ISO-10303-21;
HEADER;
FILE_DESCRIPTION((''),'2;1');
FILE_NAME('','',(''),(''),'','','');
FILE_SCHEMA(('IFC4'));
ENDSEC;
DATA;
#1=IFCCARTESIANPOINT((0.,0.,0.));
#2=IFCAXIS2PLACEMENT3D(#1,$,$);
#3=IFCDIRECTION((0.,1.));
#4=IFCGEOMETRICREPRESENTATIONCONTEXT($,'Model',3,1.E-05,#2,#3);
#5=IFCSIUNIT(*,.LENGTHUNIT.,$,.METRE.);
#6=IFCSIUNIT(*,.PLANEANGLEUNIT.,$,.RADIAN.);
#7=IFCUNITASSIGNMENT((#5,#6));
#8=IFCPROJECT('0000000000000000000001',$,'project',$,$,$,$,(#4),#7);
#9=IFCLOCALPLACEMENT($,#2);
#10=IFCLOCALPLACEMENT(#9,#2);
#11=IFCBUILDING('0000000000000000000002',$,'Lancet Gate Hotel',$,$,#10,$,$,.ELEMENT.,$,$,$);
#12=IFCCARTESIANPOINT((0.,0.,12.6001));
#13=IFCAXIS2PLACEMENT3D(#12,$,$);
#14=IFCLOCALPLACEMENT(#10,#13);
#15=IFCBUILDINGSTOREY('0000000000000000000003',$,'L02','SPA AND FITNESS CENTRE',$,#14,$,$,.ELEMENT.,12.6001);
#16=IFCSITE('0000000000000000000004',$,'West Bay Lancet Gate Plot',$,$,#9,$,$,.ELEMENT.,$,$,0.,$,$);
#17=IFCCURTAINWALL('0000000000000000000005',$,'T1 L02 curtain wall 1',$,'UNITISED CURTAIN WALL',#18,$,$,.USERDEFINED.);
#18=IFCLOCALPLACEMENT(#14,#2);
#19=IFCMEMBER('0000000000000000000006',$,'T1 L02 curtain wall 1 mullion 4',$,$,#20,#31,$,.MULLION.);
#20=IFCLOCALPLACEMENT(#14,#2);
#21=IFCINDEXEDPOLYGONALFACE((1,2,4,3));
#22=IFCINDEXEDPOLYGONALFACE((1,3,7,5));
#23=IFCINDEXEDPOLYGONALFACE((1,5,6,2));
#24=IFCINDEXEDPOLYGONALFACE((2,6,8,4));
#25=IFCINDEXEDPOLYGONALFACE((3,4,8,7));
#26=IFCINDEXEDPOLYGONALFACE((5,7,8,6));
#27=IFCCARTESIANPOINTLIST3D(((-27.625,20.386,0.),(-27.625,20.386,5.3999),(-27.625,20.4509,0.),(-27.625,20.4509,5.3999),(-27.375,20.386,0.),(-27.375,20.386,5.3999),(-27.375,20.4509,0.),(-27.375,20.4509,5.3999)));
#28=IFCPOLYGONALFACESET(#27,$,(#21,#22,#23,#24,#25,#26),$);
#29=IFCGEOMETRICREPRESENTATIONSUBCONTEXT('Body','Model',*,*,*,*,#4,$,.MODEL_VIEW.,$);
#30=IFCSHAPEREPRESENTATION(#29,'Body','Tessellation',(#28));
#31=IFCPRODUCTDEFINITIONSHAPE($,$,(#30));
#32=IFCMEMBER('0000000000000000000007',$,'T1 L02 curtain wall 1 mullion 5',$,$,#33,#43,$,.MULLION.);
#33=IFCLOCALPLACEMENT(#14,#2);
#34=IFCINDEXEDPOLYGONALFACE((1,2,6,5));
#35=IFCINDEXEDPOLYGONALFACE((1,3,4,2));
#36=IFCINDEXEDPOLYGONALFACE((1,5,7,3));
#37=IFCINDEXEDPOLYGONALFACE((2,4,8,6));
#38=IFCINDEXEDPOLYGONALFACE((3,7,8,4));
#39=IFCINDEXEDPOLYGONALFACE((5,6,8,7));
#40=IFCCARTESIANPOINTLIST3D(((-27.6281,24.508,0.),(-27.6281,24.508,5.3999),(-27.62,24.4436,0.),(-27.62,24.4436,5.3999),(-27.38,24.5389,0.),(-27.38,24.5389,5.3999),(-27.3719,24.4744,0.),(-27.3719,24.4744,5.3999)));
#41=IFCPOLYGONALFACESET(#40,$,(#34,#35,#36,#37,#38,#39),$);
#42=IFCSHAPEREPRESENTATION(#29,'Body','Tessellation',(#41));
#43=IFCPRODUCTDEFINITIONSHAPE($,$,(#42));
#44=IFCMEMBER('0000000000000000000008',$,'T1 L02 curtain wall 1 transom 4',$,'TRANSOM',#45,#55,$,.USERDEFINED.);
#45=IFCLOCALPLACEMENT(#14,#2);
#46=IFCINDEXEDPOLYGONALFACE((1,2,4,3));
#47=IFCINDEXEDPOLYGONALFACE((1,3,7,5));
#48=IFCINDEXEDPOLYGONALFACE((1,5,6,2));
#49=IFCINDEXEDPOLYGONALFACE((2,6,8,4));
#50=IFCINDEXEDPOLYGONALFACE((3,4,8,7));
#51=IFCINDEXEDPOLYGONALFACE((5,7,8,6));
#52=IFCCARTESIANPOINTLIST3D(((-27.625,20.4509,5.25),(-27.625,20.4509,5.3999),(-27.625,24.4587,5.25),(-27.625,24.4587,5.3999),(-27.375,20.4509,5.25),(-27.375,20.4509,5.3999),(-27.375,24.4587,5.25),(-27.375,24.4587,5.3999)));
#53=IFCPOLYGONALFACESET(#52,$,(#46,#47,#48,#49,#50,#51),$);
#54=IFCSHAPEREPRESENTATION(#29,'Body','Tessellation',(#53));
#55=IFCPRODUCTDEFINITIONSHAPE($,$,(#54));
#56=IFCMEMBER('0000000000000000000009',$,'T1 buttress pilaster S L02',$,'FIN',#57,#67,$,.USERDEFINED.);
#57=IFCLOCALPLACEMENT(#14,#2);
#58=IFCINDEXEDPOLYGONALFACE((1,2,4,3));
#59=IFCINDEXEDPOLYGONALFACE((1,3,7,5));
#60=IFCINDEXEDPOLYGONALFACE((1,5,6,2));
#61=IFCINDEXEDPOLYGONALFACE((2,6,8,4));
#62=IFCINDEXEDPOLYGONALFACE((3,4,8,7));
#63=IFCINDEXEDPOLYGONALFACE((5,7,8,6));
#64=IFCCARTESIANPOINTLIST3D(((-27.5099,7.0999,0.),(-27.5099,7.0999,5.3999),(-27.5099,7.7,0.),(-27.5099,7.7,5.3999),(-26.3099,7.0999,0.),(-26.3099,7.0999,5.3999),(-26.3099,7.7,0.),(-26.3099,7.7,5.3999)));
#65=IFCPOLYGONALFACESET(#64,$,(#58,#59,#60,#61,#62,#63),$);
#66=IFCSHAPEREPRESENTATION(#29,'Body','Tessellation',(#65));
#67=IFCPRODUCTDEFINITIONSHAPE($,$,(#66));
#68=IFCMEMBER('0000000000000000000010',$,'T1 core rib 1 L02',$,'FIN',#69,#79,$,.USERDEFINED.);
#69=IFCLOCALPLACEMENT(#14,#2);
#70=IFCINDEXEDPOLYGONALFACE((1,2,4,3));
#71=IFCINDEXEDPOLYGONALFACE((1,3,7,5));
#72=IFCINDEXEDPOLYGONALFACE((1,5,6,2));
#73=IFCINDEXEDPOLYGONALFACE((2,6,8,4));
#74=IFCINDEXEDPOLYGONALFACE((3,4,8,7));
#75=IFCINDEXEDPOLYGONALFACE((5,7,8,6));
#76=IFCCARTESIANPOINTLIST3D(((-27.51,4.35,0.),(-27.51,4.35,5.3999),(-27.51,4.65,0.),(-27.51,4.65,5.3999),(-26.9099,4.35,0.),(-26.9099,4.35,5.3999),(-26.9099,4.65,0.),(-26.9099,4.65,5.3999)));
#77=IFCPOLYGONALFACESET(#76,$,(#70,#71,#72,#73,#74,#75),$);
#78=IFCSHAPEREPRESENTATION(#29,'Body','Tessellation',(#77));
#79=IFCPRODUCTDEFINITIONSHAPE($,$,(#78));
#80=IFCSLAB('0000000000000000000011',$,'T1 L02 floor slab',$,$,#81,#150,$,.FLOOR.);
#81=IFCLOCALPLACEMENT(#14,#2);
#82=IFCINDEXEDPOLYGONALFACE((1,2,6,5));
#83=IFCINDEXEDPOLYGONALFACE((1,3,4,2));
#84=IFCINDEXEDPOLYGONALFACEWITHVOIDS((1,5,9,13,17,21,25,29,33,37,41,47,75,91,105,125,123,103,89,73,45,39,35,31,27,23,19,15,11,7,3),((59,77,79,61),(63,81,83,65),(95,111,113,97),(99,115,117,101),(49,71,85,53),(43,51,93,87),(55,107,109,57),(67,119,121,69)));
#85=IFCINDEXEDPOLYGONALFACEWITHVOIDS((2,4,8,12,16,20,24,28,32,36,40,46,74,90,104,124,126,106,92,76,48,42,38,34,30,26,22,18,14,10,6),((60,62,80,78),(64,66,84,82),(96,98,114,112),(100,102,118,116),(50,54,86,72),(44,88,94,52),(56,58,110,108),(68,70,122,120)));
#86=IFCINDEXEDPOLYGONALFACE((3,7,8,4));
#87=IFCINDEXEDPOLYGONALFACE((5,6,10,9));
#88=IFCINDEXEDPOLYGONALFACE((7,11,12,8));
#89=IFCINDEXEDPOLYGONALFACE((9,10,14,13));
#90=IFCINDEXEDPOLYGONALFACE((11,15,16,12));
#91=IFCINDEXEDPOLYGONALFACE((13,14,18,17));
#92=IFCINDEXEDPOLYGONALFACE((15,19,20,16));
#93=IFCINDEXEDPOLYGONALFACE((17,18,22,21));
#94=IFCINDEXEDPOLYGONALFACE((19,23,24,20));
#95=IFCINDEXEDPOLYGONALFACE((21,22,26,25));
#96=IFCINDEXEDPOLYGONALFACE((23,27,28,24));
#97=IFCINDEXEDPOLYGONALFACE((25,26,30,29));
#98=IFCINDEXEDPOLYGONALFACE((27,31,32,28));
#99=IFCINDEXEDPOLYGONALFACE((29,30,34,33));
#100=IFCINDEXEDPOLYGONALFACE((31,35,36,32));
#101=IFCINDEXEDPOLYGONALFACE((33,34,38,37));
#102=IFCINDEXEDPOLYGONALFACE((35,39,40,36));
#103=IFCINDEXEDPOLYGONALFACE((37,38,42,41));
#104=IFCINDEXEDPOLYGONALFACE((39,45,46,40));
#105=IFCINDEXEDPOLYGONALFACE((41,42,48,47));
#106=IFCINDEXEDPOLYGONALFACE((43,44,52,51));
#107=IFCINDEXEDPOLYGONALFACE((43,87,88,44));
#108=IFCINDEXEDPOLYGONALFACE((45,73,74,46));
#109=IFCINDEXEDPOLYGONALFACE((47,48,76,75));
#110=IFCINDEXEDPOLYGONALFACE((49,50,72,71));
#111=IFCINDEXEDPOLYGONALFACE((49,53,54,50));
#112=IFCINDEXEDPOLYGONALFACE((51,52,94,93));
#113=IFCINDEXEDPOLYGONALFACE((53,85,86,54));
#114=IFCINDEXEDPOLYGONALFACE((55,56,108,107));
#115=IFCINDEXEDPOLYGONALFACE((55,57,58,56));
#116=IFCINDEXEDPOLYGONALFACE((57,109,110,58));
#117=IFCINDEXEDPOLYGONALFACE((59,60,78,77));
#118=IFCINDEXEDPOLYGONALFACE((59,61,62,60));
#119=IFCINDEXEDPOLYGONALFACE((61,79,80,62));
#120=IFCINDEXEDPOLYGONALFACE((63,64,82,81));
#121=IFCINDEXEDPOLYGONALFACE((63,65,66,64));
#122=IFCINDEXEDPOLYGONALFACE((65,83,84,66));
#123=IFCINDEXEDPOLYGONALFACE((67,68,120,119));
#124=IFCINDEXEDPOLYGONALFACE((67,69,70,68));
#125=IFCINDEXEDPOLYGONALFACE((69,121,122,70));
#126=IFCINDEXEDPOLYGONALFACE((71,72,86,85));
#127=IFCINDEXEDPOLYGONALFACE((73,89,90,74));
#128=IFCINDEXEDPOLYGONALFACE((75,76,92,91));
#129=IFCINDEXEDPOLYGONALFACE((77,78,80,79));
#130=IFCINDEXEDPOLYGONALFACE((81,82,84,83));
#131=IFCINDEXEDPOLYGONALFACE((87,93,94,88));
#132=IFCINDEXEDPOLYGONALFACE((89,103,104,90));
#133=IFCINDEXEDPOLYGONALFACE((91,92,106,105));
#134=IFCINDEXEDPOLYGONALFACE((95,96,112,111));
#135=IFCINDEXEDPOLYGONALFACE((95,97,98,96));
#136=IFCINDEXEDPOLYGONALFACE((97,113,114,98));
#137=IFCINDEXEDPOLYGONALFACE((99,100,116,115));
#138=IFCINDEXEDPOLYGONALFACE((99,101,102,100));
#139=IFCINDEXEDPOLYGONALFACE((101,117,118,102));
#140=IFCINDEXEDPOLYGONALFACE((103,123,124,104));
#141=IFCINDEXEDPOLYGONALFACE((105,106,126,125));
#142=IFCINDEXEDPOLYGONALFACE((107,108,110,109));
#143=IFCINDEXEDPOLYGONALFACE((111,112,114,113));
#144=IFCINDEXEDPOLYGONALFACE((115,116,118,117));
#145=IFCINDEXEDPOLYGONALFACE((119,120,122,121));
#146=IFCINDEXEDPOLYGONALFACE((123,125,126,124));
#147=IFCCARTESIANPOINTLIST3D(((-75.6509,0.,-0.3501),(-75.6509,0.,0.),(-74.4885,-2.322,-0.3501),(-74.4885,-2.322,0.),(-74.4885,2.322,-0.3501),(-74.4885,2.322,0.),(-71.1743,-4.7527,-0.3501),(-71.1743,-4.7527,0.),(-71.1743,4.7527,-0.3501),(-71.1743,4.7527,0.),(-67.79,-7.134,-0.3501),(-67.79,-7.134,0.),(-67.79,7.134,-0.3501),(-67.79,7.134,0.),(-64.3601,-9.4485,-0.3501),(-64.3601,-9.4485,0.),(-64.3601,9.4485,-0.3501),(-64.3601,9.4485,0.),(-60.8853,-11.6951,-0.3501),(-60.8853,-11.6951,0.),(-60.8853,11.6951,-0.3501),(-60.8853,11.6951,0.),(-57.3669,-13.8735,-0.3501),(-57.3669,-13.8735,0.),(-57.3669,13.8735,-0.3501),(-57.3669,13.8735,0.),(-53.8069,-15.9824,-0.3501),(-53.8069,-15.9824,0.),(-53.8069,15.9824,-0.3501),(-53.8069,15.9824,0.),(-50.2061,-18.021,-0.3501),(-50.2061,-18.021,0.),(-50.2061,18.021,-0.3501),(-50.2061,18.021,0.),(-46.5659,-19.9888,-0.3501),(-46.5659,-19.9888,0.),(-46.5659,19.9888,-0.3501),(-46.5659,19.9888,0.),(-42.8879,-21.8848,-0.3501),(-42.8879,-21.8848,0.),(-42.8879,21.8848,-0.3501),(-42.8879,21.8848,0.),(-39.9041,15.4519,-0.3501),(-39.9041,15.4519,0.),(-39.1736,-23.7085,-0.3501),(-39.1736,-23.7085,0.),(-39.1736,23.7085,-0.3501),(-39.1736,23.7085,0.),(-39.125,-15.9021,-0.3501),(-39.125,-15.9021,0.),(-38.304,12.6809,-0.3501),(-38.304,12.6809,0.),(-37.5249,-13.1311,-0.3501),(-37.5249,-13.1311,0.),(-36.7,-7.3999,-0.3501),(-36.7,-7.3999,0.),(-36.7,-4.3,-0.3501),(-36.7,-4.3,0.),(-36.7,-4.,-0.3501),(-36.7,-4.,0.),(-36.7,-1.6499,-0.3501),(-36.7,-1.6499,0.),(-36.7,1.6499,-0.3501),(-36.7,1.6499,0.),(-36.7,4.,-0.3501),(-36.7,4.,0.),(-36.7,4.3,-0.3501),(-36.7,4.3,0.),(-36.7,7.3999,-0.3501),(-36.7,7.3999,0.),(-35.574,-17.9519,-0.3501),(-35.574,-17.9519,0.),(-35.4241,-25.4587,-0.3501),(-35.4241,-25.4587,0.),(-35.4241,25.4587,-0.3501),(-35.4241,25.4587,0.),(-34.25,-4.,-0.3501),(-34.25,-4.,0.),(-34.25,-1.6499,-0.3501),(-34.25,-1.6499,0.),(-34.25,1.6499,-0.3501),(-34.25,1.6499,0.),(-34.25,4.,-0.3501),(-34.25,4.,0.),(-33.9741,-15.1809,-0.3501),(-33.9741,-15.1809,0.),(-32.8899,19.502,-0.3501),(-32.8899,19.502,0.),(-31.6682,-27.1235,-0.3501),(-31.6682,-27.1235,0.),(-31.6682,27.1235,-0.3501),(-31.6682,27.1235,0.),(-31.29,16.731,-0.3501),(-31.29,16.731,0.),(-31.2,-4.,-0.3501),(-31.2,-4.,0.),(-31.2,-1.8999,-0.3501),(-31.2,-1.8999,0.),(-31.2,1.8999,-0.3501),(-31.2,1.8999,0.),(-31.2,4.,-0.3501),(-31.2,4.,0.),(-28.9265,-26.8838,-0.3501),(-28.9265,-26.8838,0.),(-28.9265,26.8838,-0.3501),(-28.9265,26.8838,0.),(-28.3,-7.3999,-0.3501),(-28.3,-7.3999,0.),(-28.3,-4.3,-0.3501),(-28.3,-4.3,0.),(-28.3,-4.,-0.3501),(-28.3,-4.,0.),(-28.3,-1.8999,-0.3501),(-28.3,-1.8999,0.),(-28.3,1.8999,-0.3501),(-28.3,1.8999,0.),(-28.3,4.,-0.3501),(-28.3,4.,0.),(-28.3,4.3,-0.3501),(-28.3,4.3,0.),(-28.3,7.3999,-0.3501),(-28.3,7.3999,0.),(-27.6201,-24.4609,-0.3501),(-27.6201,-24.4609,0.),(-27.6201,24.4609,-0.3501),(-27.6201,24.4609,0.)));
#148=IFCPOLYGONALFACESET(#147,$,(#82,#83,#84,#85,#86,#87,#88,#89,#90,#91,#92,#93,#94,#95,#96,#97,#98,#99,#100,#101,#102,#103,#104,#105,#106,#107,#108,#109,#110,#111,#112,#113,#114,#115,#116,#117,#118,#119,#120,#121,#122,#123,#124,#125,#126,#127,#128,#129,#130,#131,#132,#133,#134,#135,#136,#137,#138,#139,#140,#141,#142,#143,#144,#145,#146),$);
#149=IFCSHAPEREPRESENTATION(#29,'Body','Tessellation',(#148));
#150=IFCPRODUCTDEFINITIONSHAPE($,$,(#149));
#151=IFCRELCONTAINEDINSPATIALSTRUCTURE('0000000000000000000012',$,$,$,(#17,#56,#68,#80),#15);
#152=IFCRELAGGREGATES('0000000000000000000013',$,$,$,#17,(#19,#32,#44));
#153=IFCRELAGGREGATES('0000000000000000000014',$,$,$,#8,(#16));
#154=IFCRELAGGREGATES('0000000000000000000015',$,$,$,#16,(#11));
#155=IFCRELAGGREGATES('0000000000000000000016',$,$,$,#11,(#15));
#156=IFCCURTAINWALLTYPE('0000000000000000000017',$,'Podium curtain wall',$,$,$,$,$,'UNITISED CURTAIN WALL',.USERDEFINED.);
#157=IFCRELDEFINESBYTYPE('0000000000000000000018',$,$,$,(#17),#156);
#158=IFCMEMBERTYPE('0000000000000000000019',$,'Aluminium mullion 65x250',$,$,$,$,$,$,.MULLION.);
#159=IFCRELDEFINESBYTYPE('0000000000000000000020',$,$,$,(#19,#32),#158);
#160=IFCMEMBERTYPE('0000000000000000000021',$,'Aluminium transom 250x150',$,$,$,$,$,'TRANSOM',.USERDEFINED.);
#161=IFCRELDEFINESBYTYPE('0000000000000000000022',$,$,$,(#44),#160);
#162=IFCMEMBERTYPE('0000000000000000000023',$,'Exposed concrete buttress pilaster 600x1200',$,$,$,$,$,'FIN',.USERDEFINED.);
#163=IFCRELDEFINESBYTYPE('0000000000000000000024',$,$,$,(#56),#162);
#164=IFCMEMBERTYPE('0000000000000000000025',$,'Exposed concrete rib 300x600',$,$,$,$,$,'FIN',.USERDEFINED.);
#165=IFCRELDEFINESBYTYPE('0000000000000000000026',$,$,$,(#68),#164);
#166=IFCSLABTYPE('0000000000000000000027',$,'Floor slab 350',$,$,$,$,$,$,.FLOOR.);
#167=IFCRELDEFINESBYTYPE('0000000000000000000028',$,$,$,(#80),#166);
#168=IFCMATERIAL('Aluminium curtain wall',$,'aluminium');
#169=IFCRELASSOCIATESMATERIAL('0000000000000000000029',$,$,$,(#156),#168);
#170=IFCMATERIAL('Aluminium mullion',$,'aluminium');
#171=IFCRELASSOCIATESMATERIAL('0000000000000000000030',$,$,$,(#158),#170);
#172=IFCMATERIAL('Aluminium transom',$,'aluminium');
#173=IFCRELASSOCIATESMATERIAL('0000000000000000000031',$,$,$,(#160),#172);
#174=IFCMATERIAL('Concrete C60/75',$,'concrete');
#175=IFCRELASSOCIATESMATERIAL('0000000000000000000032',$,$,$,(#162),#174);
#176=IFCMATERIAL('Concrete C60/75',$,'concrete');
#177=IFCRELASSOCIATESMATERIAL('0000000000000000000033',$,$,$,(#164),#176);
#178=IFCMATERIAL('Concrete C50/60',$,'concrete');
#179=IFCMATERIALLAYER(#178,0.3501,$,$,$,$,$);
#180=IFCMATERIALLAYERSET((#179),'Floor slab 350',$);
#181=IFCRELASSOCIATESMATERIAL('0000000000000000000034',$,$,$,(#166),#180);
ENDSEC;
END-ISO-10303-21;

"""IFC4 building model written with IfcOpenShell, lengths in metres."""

from ifc_helpers import new_model, si_unit, direction, frame, origin, origin_2d, place, context, subcontext, project, spatial, polyline, rectangle, outline, extrude, material, layer, layer_set, material_profile, profile_set, type_object, element, aggregate, save


model = new_model("IFC4")

# Units and contexts
model_context = context("Model", 3, precision=1e-05, world=origin(), true_north=direction((0.0, 1.0)))
body_context = subcontext(model_context, "Body", "Model", "MODEL_VIEW")
ifc_project = project(units=[si_unit("LENGTHUNIT", "METRE"), si_unit("PLANEANGLEUNIT", "RADIAN")], contexts=[model_context])

# Site, building, storey
site_placement = place(None, origin())
site = spatial("IfcSite", under=ifc_project, at=site_placement, Name="West Bay Lancet Gate Plot", CompositionType="ELEMENT", RefElevation=0.0)
building_placement = place(site_placement, origin())
building = spatial("IfcBuilding", under=site, at=building_placement, Name="Lancet Gate Hotel", CompositionType="ELEMENT")
storey_placement = place(building_placement, frame((0.0, 0.0, 12.6001)))
storey = spatial("IfcBuildingStorey", under=building, at=storey_placement, Name="L02", Description="SPA AND FITNESS CENTRE", CompositionType="ELEMENT", Elevation=12.6001)

# Curtain wall, members
ifc_material_1 = material(Name="Aluminium curtain wall", Category="aluminium")
curtain_wall_type = type_object("IfcCurtainWallType", Name="Podium curtain wall", ElementType="UNITISED CURTAIN WALL", PredefinedType="USERDEFINED", material=ifc_material_1)
curtain_wall_placement = place(storey_placement, origin())
curtain_wall = element("IfcCurtainWall", 1, at=curtain_wall_placement, inside=storey, type_object=curtain_wall_type, Name="T1 L02 curtain wall 1", ObjectType="UNITISED CURTAIN WALL", PredefinedType="USERDEFINED")
ifc_material_2 = material(Name="Aluminium mullion", Category="aluminium")
ifc_material_profile_1 = material_profile(ifc_material_2, rectangle(XDim=0.0649, YDim=0.25, at=origin_2d()), Name="MULLION 65x250")
ifc_profile_set_1 = profile_set([ifc_material_profile_1], Name="Aluminium mullion")
member_type_1 = type_object("IfcMemberType", Name="Aluminium mullion 65x250", PredefinedType="MULLION", material=ifc_profile_set_1)
member_1_placement = place(storey_placement, frame((-27.5, 20.4185, 0.0), z_axis=(0.0, 0.0, 1.0), x_axis=(0.0, 1.0, 0.0)))
member_1 = element("IfcMember", 2, at=member_1_placement, type_object=member_type_1, Name="T1 L02 curtain wall 1 mullion 4", PredefinedType="MULLION", context=body_context, shape_type="SweptSolid", body=[
    extrude(rectangle(XDim=0.0649, YDim=0.25, at=origin_2d()), origin(), (0.0, 0.0, 1.0), 5.3999),
])
member_2_placement = place(storey_placement, frame((-27.5, 24.4912, 0.0), z_axis=(0.0, 0.0, 1.0), x_axis=(-0.123483, 0.992347, 0.0)))
member_2 = element("IfcMember", 3, at=member_2_placement, type_object=member_type_1, Name="T1 L02 curtain wall 1 mullion 5", PredefinedType="MULLION", context=body_context, shape_type="SweptSolid", body=[
    extrude(rectangle(XDim=0.0649, YDim=0.25, at=origin_2d()), origin(), (0.0, 0.0, 1.0), 5.3999),
])
ifc_material_3 = material(Name="Aluminium transom", Category="aluminium")
ifc_material_profile_2 = material_profile(ifc_material_3, rectangle(XDim=0.25, YDim=0.1499, at=origin_2d()), Name="TRANSOM 250x150")
ifc_profile_set_2 = profile_set([ifc_material_profile_2], Name="Aluminium transom")
member_type_2 = type_object("IfcMemberType", Name="Aluminium transom 250x150", ElementType="TRANSOM", PredefinedType="USERDEFINED", material=ifc_profile_set_2)
member_3_placement = place(storey_placement, frame((-27.5, 20.4509, 5.325), z_axis=(0.0, 1.0, 0.0), x_axis=(-1.0, 0.0, 0.0)))
member_3 = element("IfcMember", 4, at=member_3_placement, type_object=member_type_2, Name="T1 L02 curtain wall 1 transom 4", ObjectType="TRANSOM", PredefinedType="USERDEFINED", context=body_context, shape_type="SweptSolid", body=[
    extrude(rectangle(XDim=0.25, YDim=0.1499, at=origin_2d()), origin(), (0.0, 0.0, 1.0), 4.0078),
])

# Members
ifc_material_4 = material(Name="Concrete C60/75", Category="concrete")
ifc_material_profile_3 = material_profile(ifc_material_4, rectangle(XDim=0.6001, YDim=1.2, at=origin_2d()), Name="FIN 600x1200")
ifc_profile_set_3 = profile_set([ifc_material_profile_3], Name="Concrete C60/75")
member_type_3 = type_object("IfcMemberType", Name="Exposed concrete buttress pilaster 600x1200", ElementType="FIN", PredefinedType="USERDEFINED", material=ifc_profile_set_3)
member_4_placement = place(storey_placement, frame((-26.9099, 7.3999, 0.0), z_axis=(0.0, 0.0, 1.0), x_axis=(0.0, 1.0, 0.0)))
element("IfcMember", 5, at=member_4_placement, inside=storey, type_object=member_type_3, Name="T1 buttress pilaster S L02", ObjectType="FIN", PredefinedType="USERDEFINED", context=body_context, shape_type="SweptSolid", body=[
    extrude(rectangle(XDim=0.6001, YDim=1.2, at=origin_2d()), origin(), (0.0, 0.0, 1.0), 5.3999),
])
ifc_material_5 = material(Name="Concrete C60/75", Category="concrete")
ifc_material_profile_4 = material_profile(ifc_material_5, rectangle(XDim=0.3, YDim=0.6001, at=origin_2d()), Name="FIN 300x600")
ifc_profile_set_4 = profile_set([ifc_material_profile_4], Name="Concrete C60/75")
member_type_4 = type_object("IfcMemberType", Name="Exposed concrete rib 300x600", ElementType="FIN", PredefinedType="USERDEFINED", material=ifc_profile_set_4)
member_5_placement = place(storey_placement, frame((-27.21, 4.5, 0.0), z_axis=(0.0, 0.0, 1.0), x_axis=(0.0, 1.0, 0.0)))
element("IfcMember", 6, at=member_5_placement, inside=storey, type_object=member_type_4, Name="T1 core rib 1 L02", ObjectType="FIN", PredefinedType="USERDEFINED", context=body_context, shape_type="SweptSolid", body=[
    extrude(rectangle(XDim=0.3, YDim=0.6001, at=origin_2d()), origin(), (0.0, 0.0, 1.0), 5.3999),
])

# Slab
ifc_material_6 = material(Name="Concrete C50/60", Category="concrete")
ifc_layer_1 = layer(ifc_material_6, 0.3501)
ifc_layer_set_1 = layer_set([ifc_layer_1], Name="Floor slab 350")
slab_type_1 = type_object("IfcSlabType", Name="Floor slab 350", PredefinedType="FLOOR", material=ifc_layer_set_1)
slab_1_placement = place(storey_placement, frame((0.0, 0.0, -0.3501)))
element("IfcSlab", 7, at=slab_1_placement, inside=storey, type_object=slab_type_1, Name="T1 L02 floor slab", PredefinedType="FLOOR", context=body_context, shape_type="SweptSolid", body=[
    extrude(outline(polyline([(-27.6201, -24.4609), (-27.6201, 24.4609), (-28.9265, 26.8838), (-31.6682, 27.1235), (-35.4241, 25.4587), (-39.1736, 23.7085), (-42.8879, 21.8848), (-46.5659, 19.9888), (-50.2061, 18.021), (-53.8069, 15.9824), (-57.3669, 13.8735), (-60.8853, 11.6951), (-64.3601, 9.4485), (-67.79, 7.134), (-71.1743, 4.7527), (-74.4885, 2.322), (-75.6509, 0.0), (-74.4885, -2.322), (-71.1743, -4.7527), (-67.79, -7.134), (-64.3601, -9.4485), (-60.8853, -11.6951), (-57.3669, -13.8735), (-53.8069, -15.9824), (-50.2061, -18.021), (-46.5659, -19.9888), (-42.8879, -21.8848), (-39.1736, -23.7085), (-35.4241, -25.4587), (-31.6682, -27.1235), (-28.9265, -26.8838), (-27.6201, -24.4609)]), holes=[polyline([(-36.7, 7.3999), (-36.7, 4.3), (-28.3, 4.3), (-28.3, 7.3999), (-36.7, 7.3999)]), polyline([(-28.3, 4.0), (-31.2, 4.0), (-31.2, 1.8999), (-28.3, 1.8999), (-28.3, 4.0)]), polyline([(-34.25, 4.0), (-36.7, 4.0), (-36.7, 1.6499), (-34.25, 1.6499), (-34.25, 4.0)]), polyline([(-36.7, -1.6499), (-36.7, -4.0), (-34.25, -4.0), (-34.25, -1.6499), (-36.7, -1.6499)]), polyline([(-28.3, -1.8999), (-31.2, -1.8999), (-31.2, -4.0), (-28.3, -4.0), (-28.3, -1.8999)]), polyline([(-28.3, -4.3), (-36.7, -4.3), (-36.7, -7.3999), (-28.3, -7.3999), (-28.3, -4.3)]), polyline([(-31.29, 16.731), (-32.8899, 19.502), (-39.9041, 15.4519), (-38.304, 12.6809), (-31.29, 16.731)]), polyline([(-33.9741, -15.1809), (-37.5249, -13.1311), (-39.125, -15.9021), (-35.574, -17.9519), (-33.9741, -15.1809)])]), origin(), (0.0, 0.0, 1.0), 0.3501),
])

aggregate(curtain_wall, [member_1, member_2, member_3])

save(model, "model.ifc")
